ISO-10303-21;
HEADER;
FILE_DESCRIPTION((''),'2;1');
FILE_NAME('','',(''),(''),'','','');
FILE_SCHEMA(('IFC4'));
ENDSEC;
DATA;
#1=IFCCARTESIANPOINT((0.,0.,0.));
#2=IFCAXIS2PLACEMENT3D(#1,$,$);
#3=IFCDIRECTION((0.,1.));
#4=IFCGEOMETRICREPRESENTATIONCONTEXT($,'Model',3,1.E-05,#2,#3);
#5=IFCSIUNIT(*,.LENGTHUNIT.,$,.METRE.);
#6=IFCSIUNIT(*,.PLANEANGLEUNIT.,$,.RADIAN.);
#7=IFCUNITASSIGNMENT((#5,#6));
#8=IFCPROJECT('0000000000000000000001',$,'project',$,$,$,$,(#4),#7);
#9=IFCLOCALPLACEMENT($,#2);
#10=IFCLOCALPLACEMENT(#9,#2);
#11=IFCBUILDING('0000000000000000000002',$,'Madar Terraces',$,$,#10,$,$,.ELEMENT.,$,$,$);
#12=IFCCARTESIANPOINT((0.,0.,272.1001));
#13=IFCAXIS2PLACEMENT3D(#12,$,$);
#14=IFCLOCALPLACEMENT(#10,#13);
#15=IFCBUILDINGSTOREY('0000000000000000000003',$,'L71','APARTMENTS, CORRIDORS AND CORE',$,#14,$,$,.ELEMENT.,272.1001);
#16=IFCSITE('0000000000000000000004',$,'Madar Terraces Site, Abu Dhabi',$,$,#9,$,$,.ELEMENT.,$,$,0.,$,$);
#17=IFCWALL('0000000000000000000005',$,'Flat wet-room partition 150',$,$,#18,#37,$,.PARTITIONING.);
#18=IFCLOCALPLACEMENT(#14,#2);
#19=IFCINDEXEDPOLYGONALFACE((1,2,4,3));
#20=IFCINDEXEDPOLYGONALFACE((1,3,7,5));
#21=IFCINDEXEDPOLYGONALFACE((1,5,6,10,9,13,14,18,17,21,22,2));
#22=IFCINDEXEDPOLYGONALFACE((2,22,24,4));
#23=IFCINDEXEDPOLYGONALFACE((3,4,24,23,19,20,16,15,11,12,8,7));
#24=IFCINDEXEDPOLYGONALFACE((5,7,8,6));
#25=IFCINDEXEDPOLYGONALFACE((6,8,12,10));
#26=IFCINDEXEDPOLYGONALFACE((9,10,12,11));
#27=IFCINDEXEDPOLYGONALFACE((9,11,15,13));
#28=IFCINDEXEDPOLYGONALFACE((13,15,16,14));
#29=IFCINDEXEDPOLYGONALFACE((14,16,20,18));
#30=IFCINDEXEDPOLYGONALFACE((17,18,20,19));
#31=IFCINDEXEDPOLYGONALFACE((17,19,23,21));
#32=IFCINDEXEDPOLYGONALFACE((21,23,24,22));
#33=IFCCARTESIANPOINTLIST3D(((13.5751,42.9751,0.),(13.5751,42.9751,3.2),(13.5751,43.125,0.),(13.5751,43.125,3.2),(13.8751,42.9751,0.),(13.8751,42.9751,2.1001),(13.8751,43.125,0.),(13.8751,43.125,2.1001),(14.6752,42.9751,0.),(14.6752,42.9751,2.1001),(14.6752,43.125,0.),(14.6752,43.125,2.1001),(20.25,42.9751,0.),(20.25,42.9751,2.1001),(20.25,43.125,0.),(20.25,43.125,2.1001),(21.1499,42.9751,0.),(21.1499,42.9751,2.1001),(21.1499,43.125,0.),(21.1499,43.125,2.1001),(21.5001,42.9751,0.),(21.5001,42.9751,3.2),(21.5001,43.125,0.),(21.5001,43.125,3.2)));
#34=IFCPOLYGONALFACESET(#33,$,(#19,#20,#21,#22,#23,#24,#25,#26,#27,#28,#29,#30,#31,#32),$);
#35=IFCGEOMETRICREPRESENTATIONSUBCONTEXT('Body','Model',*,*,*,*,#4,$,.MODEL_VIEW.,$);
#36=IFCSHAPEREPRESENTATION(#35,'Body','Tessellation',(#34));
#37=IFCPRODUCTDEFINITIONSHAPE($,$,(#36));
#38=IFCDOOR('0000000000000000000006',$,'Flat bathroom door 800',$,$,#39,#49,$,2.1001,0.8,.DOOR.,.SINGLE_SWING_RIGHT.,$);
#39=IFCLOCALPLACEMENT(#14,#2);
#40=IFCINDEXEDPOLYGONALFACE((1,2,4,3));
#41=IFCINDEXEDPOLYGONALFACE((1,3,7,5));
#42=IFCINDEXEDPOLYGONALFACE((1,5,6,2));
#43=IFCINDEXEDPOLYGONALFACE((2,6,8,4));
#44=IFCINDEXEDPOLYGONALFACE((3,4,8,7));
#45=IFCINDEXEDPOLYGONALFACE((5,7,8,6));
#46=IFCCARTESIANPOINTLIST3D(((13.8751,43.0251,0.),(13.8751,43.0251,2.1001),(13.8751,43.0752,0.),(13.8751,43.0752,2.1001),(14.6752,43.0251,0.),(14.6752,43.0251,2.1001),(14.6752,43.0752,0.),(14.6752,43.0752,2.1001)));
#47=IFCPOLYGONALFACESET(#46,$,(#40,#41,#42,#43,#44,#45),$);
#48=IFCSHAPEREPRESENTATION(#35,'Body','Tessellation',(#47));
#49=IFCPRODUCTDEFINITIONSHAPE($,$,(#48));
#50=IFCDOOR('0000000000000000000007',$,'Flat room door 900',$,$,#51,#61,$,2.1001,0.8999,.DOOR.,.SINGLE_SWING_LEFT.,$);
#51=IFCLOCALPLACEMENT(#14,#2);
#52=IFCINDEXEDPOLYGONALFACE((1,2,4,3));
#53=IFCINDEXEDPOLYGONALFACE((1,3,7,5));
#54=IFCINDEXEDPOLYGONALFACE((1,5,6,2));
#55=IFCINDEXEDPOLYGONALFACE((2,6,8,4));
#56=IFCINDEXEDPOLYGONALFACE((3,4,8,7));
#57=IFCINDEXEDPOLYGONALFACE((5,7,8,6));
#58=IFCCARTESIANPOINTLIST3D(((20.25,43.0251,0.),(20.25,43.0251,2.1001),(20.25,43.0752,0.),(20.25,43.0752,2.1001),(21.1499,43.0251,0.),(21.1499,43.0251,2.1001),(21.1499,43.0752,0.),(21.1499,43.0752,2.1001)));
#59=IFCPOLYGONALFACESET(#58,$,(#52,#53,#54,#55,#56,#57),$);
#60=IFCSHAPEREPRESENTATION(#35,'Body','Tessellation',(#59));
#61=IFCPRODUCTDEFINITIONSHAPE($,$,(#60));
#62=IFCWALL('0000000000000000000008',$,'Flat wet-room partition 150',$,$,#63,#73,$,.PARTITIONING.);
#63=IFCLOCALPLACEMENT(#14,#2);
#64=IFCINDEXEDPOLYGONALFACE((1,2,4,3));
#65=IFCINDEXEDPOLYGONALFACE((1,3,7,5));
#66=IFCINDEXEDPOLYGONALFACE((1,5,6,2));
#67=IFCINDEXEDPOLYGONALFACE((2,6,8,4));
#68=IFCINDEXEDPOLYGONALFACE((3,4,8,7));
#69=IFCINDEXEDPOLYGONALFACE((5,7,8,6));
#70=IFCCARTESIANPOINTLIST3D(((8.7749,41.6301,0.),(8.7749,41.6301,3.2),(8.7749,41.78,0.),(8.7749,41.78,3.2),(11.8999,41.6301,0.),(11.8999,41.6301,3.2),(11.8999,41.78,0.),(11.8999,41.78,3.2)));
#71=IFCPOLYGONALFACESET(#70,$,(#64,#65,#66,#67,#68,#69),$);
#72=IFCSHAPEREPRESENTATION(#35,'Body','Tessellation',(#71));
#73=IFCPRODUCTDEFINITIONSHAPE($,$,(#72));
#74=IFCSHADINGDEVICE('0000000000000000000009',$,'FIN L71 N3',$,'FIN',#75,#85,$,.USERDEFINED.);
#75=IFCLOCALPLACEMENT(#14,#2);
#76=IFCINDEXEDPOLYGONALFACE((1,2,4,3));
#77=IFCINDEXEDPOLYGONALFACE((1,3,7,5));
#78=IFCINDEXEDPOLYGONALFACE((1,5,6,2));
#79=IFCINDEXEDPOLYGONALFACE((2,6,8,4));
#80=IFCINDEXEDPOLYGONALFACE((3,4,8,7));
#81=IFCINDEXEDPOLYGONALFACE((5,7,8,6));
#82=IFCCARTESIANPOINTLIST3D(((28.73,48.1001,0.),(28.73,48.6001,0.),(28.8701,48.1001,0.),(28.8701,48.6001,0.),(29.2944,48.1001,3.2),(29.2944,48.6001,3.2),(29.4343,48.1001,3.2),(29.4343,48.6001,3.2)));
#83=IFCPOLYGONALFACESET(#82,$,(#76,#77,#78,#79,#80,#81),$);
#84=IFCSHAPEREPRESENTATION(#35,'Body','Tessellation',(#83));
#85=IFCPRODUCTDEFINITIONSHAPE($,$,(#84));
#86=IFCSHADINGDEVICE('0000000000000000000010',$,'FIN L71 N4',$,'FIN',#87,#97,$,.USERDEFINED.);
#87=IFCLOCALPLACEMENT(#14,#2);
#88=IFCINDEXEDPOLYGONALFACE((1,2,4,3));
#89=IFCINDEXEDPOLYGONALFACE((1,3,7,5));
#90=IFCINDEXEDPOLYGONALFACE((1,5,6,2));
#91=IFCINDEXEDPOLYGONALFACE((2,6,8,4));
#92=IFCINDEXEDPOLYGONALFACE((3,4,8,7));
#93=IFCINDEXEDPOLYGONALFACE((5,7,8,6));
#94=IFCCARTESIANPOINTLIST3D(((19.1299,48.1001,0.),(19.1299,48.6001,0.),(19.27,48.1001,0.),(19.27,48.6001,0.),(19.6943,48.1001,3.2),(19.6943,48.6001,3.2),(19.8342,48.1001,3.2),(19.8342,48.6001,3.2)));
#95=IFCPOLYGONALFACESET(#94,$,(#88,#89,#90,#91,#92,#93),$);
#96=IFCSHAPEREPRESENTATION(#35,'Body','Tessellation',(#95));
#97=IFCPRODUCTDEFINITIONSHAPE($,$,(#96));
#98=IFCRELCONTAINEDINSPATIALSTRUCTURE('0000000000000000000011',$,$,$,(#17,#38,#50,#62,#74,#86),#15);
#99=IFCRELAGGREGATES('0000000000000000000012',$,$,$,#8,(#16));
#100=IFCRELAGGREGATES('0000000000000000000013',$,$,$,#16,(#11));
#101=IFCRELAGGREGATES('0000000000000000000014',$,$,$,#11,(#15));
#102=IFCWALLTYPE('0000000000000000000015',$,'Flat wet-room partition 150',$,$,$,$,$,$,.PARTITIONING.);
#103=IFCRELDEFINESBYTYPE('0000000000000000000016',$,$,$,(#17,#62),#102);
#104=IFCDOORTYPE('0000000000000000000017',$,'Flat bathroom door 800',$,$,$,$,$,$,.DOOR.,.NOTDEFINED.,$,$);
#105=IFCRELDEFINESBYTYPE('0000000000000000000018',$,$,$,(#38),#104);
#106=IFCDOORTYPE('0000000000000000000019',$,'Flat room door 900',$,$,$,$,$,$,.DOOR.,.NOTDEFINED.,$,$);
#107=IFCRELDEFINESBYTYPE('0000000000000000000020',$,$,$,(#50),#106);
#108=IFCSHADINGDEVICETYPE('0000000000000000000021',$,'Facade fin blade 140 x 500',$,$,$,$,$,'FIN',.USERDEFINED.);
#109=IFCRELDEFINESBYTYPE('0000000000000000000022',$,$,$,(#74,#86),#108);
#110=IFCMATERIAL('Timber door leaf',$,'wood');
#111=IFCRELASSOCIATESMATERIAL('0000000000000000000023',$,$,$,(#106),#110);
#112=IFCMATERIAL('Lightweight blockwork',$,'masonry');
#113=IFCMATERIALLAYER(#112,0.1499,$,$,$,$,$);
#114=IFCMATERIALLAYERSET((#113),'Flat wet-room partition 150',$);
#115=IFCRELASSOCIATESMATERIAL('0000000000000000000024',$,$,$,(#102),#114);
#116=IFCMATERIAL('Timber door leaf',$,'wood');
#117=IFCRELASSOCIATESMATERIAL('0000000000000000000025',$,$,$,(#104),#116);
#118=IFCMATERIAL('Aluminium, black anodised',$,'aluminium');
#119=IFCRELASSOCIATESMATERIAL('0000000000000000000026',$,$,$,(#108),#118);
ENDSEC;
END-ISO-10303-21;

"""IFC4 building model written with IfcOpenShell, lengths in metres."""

from ifc_helpers import new_model, si_unit, direction, frame, frame_2d, origin, place, context, subcontext, project, spatial, polyline, rectangle, outline, extrude, material, layer, layer_set, type_object, element, fill, save


model = new_model("IFC4")

# Units and contexts
model_context = context("Model", 3, precision=1e-05, world=origin(), true_north=direction((0.0, 1.0)))
body_context = subcontext(model_context, "Body", "Model", "MODEL_VIEW")
ifc_project = project(units=[si_unit("LENGTHUNIT", "METRE"), si_unit("PLANEANGLEUNIT", "RADIAN")], contexts=[model_context])

# Site, building, storey
site_placement = place(None, origin())
site = spatial("IfcSite", under=ifc_project, at=site_placement, Name="Madar Terraces Site, Abu Dhabi", CompositionType="ELEMENT", RefElevation=0.0)
building_placement = place(site_placement, origin())
building = spatial("IfcBuilding", under=site, at=building_placement, Name="Madar Terraces", CompositionType="ELEMENT")
storey_placement = place(building_placement, frame((0.0, 0.0, 272.1001)))
storey = spatial("IfcBuildingStorey", under=building, at=storey_placement, Name="L71", Description="APARTMENTS, CORRIDORS AND CORE", CompositionType="ELEMENT", Elevation=272.1001)

# Shared definitions
ifc_material_1 = material(Name="Timber door leaf", Category="wood")
door_type_1 = type_object("IfcDoorType", Name="Flat room door 900", OperationType="NOTDEFINED", PredefinedType="DOOR", material=ifc_material_1)

# Shared definitions
ifc_material_2 = material(Name="Lightweight blockwork", Category="masonry")
ifc_layer_1 = layer(ifc_material_2, 0.1499)
ifc_layer_set_1 = layer_set([ifc_layer_1], Name="Flat wet-room partition 150")
wall_type_1 = type_object("IfcWallType", Name="Flat wet-room partition 150", PredefinedType="PARTITIONING", material=ifc_layer_set_1)

# Wall, openings, doors
wall_1_placement = place(storey_placement, frame((21.5, 43.05, 0.0), z_axis=(0.0, 0.0, 1.0), x_axis=(-1.0, 0.0, 0.0)))
wall_1 = element("IfcWall", 1, at=wall_1_placement, inside=storey, type_object=wall_type_1, Name="Flat wet-room partition 150", PredefinedType="PARTITIONING", context=body_context, shape_type="SweptSolid", body=[
    extrude(rectangle(XDim=7.925, YDim=0.1499, at=frame_2d((3.9624, 0.0))), origin(), (0.0, 0.0, 1.0), 3.2),
])
opening_1_placement = place(wall_1_placement, frame((6.825, 0.0, 0.0)))
opening_1 = element("IfcOpeningElement", 2, at=opening_1_placement, cuts=wall_1, PredefinedType="OPENING", context=body_context, shape_type="SweptSolid", body=[
    extrude(rectangle(XDim=0.8, YDim=2.1001, at=frame_2d((0.3999, 1.05))), frame((0.0, 0.085, 0.0), z_axis=(0.0, -1.0, 0.0), x_axis=(1.0, 0.0, 0.0)), (0.0, 0.0, 1.0), 0.1699),
])
opening_2_placement = place(wall_1_placement, frame((0.3501, 0.0, 0.0)))
opening_2 = element("IfcOpeningElement", 3, at=opening_2_placement, cuts=wall_1, PredefinedType="OPENING", context=body_context, shape_type="SweptSolid", body=[
    extrude(rectangle(XDim=0.8999, YDim=2.1001, at=frame_2d((0.45, 1.05))), frame((0.0, 0.085, 0.0), z_axis=(0.0, -1.0, 0.0), x_axis=(1.0, 0.0, 0.0)), (0.0, 0.0, 1.0), 0.1699),
])
ifc_material_3 = material(Name="Timber door leaf", Category="wood")
door_type_2 = type_object("IfcDoorType", Name="Flat bathroom door 800", OperationType="NOTDEFINED", PredefinedType="DOOR", material=ifc_material_3)
door_1_placement = place(opening_1_placement, origin())
door_1 = element("IfcDoor", 4, at=door_1_placement, inside=storey, type_object=door_type_2, Name="Flat bathroom door 800", OperationType="SINGLE_SWING_RIGHT", OverallHeight=2.1001, OverallWidth=0.8, PredefinedType="DOOR", context=body_context, shape_type="SweptSolid", body=[
    extrude(rectangle(XDim=0.8, YDim=2.1001, at=frame_2d((0.3999, 1.05))), frame((0.0, 0.0249, 0.0), z_axis=(0.0, -1.0, 0.0), x_axis=(1.0, 0.0, 0.0)), (0.0, 0.0, 1.0), 0.05),
])
fill(opening_1, door_1)
door_2_placement = place(opening_2_placement, origin())
door_2 = element("IfcDoor", 5, at=door_2_placement, inside=storey, type_object=door_type_1, Name="Flat room door 900", OperationType="SINGLE_SWING_LEFT", OverallHeight=2.1001, OverallWidth=0.8999, PredefinedType="DOOR", context=body_context, shape_type="SweptSolid", body=[
    extrude(rectangle(XDim=0.8999, YDim=2.1001, at=frame_2d((0.45, 1.05))), frame((0.0, 0.0249, 0.0), z_axis=(0.0, -1.0, 0.0), x_axis=(1.0, 0.0, 0.0)), (0.0, 0.0, 1.0), 0.05),
])
fill(opening_2, door_2)

# Wall
wall_2_placement = place(storey_placement, frame((11.8999, 41.7051, 0.0), z_axis=(0.0, 0.0, 1.0), x_axis=(-1.0, 0.0, 0.0)))
element("IfcWall", 6, at=wall_2_placement, inside=storey, type_object=wall_type_1, Name="Flat wet-room partition 150", PredefinedType="PARTITIONING", context=body_context, shape_type="SweptSolid", body=[
    extrude(rectangle(XDim=3.125, YDim=0.1499, at=frame_2d((1.5625, 0.0))), origin(), (0.0, 0.0, 1.0), 3.2),
])

# Shading devices
ifc_material_4 = material(Name="Aluminium, black anodised", Category="aluminium")
shading_device_type = type_object("IfcShadingDeviceType", Name="Facade fin blade 140 x 500", ElementType="FIN", PredefinedType="USERDEFINED", material=ifc_material_4)
for number, where, z_axis, x_axis, name in (
    (7, (28.8701, 48.3501, 0.0), (0.0, 0.0, 1.0), (-1.0, 0.0, 0.0), "FIN L71 N3"),
    (8, (19.27, 48.3501, 0.0), (0.0, 0.0, 1.0), (-1.0, 0.0, 0.0), "FIN L71 N4"),
):
    element("IfcShadingDevice", number, at=place(storey_placement, frame(where, z_axis=z_axis, x_axis=x_axis)), inside=storey, type_object=shading_device_type, Name=name, ObjectType="FIN", PredefinedType="USERDEFINED", context=body_context, shape_type="SweptSolid", body=[
        extrude(outline(polyline([(0.0, 0.0), (0.1401, 0.0), (-0.4243, 3.2), (-0.5642, 3.2), (0.0, 0.0)])), frame((0.0, 0.25, 0.0), z_axis=(0.0, -1.0, 0.0), x_axis=(1.0, 0.0, 0.0)), (0.0, 0.0, 1.0), 0.5),
    ])

save(model, "model.ifc")
